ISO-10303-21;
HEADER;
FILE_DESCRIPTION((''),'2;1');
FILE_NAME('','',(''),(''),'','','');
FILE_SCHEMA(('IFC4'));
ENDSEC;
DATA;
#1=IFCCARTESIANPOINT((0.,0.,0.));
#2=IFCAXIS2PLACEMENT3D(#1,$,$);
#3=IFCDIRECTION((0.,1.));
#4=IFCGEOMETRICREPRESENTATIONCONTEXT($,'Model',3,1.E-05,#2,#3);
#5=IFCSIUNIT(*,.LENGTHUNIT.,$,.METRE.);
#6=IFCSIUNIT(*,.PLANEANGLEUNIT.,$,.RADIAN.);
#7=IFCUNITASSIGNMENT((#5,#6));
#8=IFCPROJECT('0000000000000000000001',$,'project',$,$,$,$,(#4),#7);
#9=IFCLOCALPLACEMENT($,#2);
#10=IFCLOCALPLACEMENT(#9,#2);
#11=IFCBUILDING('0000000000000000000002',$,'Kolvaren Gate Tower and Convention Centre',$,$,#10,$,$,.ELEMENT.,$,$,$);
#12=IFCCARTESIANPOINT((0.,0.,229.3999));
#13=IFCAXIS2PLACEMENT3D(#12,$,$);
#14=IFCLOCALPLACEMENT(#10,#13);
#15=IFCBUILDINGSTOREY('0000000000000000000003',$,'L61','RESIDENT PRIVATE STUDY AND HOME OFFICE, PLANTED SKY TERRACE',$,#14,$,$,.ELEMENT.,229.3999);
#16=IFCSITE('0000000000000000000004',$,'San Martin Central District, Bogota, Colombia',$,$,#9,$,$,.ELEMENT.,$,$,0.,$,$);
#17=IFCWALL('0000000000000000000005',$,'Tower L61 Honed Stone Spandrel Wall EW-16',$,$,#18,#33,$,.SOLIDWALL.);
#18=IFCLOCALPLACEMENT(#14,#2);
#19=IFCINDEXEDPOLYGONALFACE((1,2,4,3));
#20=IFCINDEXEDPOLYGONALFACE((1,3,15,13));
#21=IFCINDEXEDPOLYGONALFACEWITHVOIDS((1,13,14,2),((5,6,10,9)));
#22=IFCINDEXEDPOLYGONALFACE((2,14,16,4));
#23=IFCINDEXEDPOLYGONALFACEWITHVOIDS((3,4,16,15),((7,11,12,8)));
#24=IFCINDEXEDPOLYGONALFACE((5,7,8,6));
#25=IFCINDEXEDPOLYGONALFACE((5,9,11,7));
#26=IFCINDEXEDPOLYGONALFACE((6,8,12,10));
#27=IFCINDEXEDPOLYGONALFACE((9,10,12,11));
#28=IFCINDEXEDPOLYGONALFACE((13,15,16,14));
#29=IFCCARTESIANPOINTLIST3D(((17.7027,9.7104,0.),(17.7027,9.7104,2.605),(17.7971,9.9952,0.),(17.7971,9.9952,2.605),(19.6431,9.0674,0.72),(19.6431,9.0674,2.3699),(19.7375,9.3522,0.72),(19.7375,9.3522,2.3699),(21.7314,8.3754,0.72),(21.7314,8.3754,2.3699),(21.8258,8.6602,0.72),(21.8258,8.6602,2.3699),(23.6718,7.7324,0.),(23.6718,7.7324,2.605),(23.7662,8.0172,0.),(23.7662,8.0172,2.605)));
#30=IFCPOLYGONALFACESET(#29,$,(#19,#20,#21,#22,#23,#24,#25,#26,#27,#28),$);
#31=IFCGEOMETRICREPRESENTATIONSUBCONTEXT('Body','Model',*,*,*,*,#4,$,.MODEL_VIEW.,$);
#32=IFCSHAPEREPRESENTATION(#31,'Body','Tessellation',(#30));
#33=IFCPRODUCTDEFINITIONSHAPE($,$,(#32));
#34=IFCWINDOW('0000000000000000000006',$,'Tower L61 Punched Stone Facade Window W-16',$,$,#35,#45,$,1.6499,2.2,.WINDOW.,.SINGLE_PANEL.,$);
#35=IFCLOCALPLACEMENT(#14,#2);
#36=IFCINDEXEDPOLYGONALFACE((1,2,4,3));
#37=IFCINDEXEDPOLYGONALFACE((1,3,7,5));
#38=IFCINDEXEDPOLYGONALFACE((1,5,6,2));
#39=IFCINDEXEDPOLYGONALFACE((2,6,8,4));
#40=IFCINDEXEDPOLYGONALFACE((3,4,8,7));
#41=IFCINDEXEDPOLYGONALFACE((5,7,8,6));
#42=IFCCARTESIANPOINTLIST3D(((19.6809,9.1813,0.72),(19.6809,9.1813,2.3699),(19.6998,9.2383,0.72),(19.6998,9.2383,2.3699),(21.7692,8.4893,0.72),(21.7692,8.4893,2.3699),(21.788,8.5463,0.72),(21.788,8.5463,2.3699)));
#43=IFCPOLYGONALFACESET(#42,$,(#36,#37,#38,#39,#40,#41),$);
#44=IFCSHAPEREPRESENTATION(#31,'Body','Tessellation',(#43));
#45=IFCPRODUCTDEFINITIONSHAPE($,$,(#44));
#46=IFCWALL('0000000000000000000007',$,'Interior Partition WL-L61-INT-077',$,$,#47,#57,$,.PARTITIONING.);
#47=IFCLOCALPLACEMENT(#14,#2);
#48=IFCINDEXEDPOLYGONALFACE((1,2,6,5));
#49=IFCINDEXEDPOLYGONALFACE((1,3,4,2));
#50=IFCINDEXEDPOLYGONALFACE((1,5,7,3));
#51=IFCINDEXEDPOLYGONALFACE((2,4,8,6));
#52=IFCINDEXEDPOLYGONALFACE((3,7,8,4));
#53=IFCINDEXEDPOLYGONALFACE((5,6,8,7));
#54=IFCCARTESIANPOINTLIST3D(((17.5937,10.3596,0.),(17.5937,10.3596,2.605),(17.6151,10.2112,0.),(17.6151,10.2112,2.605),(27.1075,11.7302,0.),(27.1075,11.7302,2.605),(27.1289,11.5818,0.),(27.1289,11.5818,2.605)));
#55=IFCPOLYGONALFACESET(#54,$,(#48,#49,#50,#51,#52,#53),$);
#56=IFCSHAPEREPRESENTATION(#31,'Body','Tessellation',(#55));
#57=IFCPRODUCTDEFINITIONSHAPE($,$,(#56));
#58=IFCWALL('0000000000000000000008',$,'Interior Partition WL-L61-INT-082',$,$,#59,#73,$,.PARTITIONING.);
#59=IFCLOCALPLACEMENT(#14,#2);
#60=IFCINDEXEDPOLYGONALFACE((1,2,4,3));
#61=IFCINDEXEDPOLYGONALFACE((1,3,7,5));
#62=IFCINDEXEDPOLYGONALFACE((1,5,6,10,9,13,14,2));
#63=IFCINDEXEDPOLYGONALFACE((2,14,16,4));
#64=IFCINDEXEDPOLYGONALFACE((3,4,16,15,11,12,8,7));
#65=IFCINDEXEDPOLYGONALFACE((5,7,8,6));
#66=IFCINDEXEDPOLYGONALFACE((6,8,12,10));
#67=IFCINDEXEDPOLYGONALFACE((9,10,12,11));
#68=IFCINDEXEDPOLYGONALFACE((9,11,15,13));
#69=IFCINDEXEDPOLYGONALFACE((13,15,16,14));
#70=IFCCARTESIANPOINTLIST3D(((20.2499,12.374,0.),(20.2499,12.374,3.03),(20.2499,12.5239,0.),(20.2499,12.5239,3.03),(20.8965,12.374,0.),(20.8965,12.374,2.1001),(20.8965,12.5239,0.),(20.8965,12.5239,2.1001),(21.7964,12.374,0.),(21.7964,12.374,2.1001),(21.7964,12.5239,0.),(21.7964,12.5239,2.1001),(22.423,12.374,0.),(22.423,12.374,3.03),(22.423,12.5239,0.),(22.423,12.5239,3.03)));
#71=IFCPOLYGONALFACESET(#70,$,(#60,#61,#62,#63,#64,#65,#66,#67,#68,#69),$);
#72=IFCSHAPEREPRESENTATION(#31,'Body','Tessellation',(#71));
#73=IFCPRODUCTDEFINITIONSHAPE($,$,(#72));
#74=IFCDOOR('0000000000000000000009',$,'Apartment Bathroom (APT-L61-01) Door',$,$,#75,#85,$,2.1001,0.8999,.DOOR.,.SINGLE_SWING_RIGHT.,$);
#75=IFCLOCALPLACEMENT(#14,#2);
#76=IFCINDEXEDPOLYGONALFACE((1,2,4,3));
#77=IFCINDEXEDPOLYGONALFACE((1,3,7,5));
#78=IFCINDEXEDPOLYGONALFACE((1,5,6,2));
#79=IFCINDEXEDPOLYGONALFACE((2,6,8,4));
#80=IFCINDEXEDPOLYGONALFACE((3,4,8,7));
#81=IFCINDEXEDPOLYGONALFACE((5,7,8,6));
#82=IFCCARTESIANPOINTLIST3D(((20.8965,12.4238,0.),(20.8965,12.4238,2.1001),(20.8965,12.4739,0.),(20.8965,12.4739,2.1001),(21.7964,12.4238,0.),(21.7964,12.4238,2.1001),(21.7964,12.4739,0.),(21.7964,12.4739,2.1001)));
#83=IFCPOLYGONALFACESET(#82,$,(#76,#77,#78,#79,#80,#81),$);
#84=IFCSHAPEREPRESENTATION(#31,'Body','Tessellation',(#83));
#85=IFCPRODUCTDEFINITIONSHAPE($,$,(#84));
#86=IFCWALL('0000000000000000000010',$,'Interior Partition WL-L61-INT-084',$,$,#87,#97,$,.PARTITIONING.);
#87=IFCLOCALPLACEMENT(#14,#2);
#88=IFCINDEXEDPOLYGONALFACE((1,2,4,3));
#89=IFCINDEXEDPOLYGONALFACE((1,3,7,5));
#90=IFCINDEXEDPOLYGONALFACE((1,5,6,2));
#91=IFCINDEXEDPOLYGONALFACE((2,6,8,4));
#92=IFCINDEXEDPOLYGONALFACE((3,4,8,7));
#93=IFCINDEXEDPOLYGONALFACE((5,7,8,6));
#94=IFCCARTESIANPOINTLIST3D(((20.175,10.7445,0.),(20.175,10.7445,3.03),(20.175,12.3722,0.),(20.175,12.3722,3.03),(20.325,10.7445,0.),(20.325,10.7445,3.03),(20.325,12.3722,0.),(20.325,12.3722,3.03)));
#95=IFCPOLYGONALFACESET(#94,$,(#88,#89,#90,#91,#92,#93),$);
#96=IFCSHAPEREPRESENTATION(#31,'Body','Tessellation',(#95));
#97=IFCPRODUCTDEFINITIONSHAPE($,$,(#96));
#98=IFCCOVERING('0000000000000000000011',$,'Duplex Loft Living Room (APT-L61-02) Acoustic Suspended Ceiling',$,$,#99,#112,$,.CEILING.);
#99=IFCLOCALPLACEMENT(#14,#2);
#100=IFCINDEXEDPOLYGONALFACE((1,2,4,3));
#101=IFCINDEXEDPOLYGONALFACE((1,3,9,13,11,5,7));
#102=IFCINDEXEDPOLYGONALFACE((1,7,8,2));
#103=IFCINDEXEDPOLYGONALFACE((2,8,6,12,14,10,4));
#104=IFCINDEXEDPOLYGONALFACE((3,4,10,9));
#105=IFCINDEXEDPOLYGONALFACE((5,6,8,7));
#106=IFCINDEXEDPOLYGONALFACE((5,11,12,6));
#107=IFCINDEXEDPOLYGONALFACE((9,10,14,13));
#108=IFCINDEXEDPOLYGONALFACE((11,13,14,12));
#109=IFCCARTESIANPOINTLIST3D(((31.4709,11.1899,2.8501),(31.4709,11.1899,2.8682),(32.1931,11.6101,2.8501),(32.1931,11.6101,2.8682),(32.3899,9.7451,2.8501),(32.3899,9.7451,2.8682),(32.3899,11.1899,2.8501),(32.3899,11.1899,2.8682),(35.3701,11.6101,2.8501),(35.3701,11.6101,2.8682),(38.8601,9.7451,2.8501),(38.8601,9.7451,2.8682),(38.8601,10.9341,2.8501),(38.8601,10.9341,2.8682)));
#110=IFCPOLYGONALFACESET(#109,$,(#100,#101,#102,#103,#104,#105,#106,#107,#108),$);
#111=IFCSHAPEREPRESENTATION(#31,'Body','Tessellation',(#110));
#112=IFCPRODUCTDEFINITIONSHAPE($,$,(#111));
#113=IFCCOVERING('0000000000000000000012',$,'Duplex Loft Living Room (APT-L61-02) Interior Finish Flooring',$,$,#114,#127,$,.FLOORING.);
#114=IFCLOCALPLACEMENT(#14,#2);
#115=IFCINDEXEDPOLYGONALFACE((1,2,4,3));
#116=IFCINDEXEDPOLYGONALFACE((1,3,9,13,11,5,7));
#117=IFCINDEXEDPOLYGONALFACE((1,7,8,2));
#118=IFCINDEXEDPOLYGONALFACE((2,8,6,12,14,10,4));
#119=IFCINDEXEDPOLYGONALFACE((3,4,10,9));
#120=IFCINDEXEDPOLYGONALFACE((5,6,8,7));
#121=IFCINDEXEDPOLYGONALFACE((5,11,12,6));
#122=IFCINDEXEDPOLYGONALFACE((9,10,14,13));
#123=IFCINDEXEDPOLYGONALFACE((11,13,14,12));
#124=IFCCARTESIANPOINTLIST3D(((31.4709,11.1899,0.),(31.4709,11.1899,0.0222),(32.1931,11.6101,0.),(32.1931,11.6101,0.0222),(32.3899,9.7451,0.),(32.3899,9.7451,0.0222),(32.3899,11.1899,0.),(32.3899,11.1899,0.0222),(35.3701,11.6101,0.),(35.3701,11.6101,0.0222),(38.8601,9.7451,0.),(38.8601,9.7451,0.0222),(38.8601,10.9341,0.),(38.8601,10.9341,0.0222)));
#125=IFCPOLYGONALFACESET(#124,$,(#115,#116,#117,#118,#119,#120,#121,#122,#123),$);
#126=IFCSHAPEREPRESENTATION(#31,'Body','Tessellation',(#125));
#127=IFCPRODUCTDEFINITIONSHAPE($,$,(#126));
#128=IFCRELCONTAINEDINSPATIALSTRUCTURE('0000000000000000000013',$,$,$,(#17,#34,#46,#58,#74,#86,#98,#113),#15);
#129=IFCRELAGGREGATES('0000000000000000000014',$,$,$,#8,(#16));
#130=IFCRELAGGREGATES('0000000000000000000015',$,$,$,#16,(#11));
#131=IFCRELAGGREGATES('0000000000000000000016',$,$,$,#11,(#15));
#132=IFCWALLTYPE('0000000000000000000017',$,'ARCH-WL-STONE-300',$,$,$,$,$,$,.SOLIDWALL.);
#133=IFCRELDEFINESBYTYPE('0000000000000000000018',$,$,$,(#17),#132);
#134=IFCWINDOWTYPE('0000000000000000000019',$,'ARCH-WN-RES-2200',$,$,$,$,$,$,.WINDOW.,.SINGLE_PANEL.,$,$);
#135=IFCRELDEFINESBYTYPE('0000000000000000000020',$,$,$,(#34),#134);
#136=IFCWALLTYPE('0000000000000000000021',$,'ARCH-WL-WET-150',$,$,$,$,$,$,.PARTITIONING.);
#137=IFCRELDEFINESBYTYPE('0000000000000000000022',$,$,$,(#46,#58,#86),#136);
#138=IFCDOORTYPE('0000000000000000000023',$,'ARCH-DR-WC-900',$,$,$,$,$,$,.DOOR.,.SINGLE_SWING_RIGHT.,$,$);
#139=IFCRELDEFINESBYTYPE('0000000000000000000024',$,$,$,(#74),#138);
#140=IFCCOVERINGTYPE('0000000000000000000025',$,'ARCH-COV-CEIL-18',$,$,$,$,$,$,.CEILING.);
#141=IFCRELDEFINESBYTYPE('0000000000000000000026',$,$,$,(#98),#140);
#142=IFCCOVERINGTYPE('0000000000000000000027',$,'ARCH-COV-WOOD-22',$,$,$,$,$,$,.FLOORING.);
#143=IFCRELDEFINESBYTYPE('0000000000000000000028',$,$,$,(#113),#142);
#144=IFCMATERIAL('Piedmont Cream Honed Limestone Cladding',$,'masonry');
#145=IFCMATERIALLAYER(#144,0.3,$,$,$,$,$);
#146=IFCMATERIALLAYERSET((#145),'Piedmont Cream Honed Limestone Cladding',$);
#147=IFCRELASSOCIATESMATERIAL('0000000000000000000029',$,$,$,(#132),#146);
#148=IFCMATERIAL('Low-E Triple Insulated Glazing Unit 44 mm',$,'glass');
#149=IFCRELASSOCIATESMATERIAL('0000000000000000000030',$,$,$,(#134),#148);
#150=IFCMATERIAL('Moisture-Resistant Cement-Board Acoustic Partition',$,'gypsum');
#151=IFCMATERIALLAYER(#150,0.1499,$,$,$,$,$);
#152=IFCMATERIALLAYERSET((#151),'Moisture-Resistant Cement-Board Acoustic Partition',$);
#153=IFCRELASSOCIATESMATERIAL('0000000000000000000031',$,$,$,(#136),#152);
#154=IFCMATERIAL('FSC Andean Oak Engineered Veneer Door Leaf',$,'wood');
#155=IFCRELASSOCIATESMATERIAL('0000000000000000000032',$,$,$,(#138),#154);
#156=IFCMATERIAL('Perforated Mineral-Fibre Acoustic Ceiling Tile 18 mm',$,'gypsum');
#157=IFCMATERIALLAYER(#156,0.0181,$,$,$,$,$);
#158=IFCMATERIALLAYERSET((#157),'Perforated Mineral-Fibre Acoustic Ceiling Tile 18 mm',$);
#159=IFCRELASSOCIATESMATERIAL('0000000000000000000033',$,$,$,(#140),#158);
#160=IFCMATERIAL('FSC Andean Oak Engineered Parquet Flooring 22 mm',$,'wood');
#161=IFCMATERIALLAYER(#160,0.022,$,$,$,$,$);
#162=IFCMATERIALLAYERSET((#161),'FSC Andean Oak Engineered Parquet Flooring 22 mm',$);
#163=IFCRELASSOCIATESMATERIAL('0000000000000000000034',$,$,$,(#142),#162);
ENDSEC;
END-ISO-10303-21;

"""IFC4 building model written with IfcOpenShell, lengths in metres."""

from ifc_helpers import new_model, si_unit, direction, frame, frame_2d, origin, place, context, subcontext, project, spatial, polyline, rectangle, outline, extrude, material, layer, layer_set, type_object, element, fill, save


model = new_model("IFC4")

# Units and contexts
model_context = context("Model", 3, precision=1e-05, world=origin(), true_north=direction((0.0, 1.0)))
body_context = subcontext(model_context, "Body", "Model", "MODEL_VIEW")
ifc_project = project(units=[si_unit("LENGTHUNIT", "METRE"), si_unit("PLANEANGLEUNIT", "RADIAN")], contexts=[model_context])

# Site, building, storey
site_placement = place(None, origin())
site = spatial("IfcSite", under=ifc_project, at=site_placement, Name="San Martin Central District, Bogota, Colombia", CompositionType="ELEMENT", RefElevation=0.0)
building_placement = place(site_placement, origin())
building = spatial("IfcBuilding", under=site, at=building_placement, Name="Kolvaren Gate Tower and Convention Centre", CompositionType="ELEMENT")
storey_placement = place(building_placement, frame((0.0, 0.0, 229.3999)))
storey = spatial("IfcBuildingStorey", under=building, at=storey_placement, Name="L61", Description="RESIDENT PRIVATE STUDY AND HOME OFFICE, PLANTED SKY TERRACE", CompositionType="ELEMENT", Elevation=229.3999)

# Wall, opening, window
ifc_material_1 = material(Name="Piedmont Cream Honed Limestone Cladding", Category="masonry")
ifc_layer_1 = layer(ifc_material_1, 0.3)
ifc_layer_set_1 = layer_set([ifc_layer_1], Name="Piedmont Cream Honed Limestone Cladding")
wall_type_1 = type_object("IfcWallType", Name="ARCH-WL-STONE-300", PredefinedType="SOLIDWALL", material=ifc_layer_set_1)
ifc_material_2 = material(Name="Low-E Triple Insulated Glazing Unit 44 mm", Category="glass")
window_type = type_object("IfcWindowType", Name="ARCH-WN-RES-2200", PartitioningType="SINGLE_PANEL", PredefinedType="WINDOW", material=ifc_material_2)
wall_1_placement = place(storey_placement, frame((17.75, 9.8528, 0.0), z_axis=(0.0, 0.0, 1.0), x_axis=(0.949241, -0.31455, 0.0)))
wall_1 = element("IfcWall", 1, at=wall_1_placement, inside=storey, type_object=wall_type_1, Name="Tower L61 Honed Stone Spandrel Wall EW-16", PredefinedType="SOLIDWALL", context=body_context, shape_type="SweptSolid", body=[
    extrude(rectangle(XDim=6.2883, YDim=0.3, at=frame_2d((3.144, 0.0))), origin(), (0.0, 0.0, 1.0), 2.605),
])
opening_1_placement = place(wall_1_placement, frame((2.0439, 0.0, 0.72)))
opening_1 = element("IfcOpeningElement", 2, at=opening_1_placement, cuts=wall_1, PredefinedType="OPENING", context=body_context, shape_type="SweptSolid", body=[
    extrude(rectangle(XDim=2.2, YDim=1.6499, at=frame_2d((1.1001, 0.825))), frame((0.0, 0.1599, 0.0), z_axis=(0.0, -1.0, 0.0), x_axis=(1.0, 0.0, 0.0)), (0.0, 0.0, 1.0), 0.3201),
])
window_1_placement = place(opening_1_placement, origin())
window_1 = element("IfcWindow", 3, at=window_1_placement, inside=storey, type_object=window_type, Name="Tower L61 Punched Stone Facade Window W-16", OverallHeight=1.6499, OverallWidth=2.2, PartitioningType="SINGLE_PANEL", PredefinedType="WINDOW", context=body_context, shape_type="SweptSolid", body=[
    extrude(rectangle(XDim=2.2, YDim=1.6499, at=frame_2d((1.1001, 0.825))), frame((0.0, 0.03, 0.0), z_axis=(0.0, -1.0, 0.0), x_axis=(1.0, 0.0, 0.0)), (0.0, 0.0, 1.0), 0.0601),
])
fill(opening_1, window_1)

# Wall
ifc_material_3 = material(Name="Moisture-Resistant Cement-Board Acoustic Partition", Category="gypsum")
ifc_layer_2 = layer(ifc_material_3, 0.1499)
ifc_layer_set_2 = layer_set([ifc_layer_2], Name="Moisture-Resistant Cement-Board Acoustic Partition")
wall_type_2 = type_object("IfcWallType", Name="ARCH-WL-WET-150", PredefinedType="PARTITIONING", material=ifc_layer_set_2)
wall_2_placement = place(storey_placement, frame((17.6042, 10.2854, 0.0), z_axis=(0.0, 0.0, 1.0), x_axis=(0.989782, 0.142591, 0.0)))
element("IfcWall", 4, at=wall_2_placement, inside=storey, type_object=wall_type_2, Name="Interior Partition WL-L61-INT-077", PredefinedType="PARTITIONING", context=body_context, shape_type="SweptSolid", body=[
    extrude(rectangle(XDim=9.6121, YDim=0.1499, at=frame_2d((4.8062, 0.0))), origin(), (0.0, 0.0, 1.0), 2.605),
])

# Wall, opening, door
wall_3_placement = place(storey_placement, frame((20.25, 12.449, 0.0), z_axis=(0.0, 0.0, 1.0), x_axis=(1.0, 0.0, 0.0)))
wall_3 = element("IfcWall", 5, at=wall_3_placement, inside=storey, type_object=wall_type_2, Name="Interior Partition WL-L61-INT-082", PredefinedType="PARTITIONING", context=body_context, shape_type="SweptSolid", body=[
    extrude(rectangle(XDim=2.1731, YDim=0.1499, at=frame_2d((1.0864, 0.0))), origin(), (0.0, 0.0, 1.0), 3.03),
])
opening_2_placement = place(wall_3_placement, frame((0.6465, 0.0, 0.0)))
opening_2 = element("IfcOpeningElement", 6, at=opening_2_placement, cuts=wall_3, PredefinedType="OPENING", context=body_context, shape_type="SweptSolid", body=[
    extrude(rectangle(XDim=0.8999, YDim=2.1001, at=frame_2d((0.45, 1.05))), frame((0.0, 0.085, 0.0), z_axis=(0.0, -1.0, 0.0), x_axis=(1.0, 0.0, 0.0)), (0.0, 0.0, 1.0), 0.1699),
])
ifc_material_4 = material(Name="FSC Andean Oak Engineered Veneer Door Leaf", Category="wood")
door_type = type_object("IfcDoorType", Name="ARCH-DR-WC-900", OperationType="SINGLE_SWING_RIGHT", PredefinedType="DOOR", material=ifc_material_4)
door_placement = place(opening_2_placement, origin())
door = element("IfcDoor", 7, at=door_placement, inside=storey, type_object=door_type, Name="Apartment Bathroom (APT-L61-01) Door", OperationType="SINGLE_SWING_RIGHT", OverallHeight=2.1001, OverallWidth=0.8999, PredefinedType="DOOR", context=body_context, shape_type="SweptSolid", body=[
    extrude(rectangle(XDim=0.8999, YDim=2.1001, at=frame_2d((0.45, 1.05))), frame((0.0, 0.0249, 0.0), z_axis=(0.0, -1.0, 0.0), x_axis=(1.0, 0.0, 0.0)), (0.0, 0.0, 1.0), 0.05),
])
fill(opening_2, door)

# Wall
wall_4_placement = place(storey_placement, frame((20.25, 10.7444, 0.0), z_axis=(0.0, 0.0, 1.0), x_axis=(0.0, 1.0, 0.0)))
element("IfcWall", 8, at=wall_4_placement, inside=storey, type_object=wall_type_2, Name="Interior Partition WL-L61-INT-084", PredefinedType="PARTITIONING", context=body_context, shape_type="SweptSolid", body=[
    extrude(rectangle(XDim=1.6277, YDim=0.1499, at=frame_2d((0.814, 0.0))), origin(), (0.0, 0.0, 1.0), 3.03),
])

# Coverings
ifc_material_5 = material(Name="Perforated Mineral-Fibre Acoustic Ceiling Tile 18 mm", Category="gypsum")
ifc_layer_3 = layer(ifc_material_5, 0.0181)
ifc_layer_set_3 = layer_set([ifc_layer_3], Name="Perforated Mineral-Fibre Acoustic Ceiling Tile 18 mm")
covering_type_1 = type_object("IfcCoveringType", Name="ARCH-COV-CEIL-18", PredefinedType="CEILING", material=ifc_layer_set_3)
covering_1_placement = place(storey_placement, frame((0.0, 0.0, 2.8501)))
element("IfcCovering", 9, at=covering_1_placement, inside=storey, type_object=covering_type_1, Name="Duplex Loft Living Room (APT-L61-02) Acoustic Suspended Ceiling", PredefinedType="CEILING", context=body_context, shape_type="SweptSolid", body=[
    extrude(outline(polyline([(32.3899, 9.7451), (32.3899, 11.1899), (31.4709, 11.1899), (32.1931, 11.6101), (35.3701, 11.6101), (38.8601, 10.9341), (38.8601, 9.7451), (32.3899, 9.7451)])), origin(), (0.0, 0.0, 1.0), 0.0181),
])
ifc_material_6 = material(Name="FSC Andean Oak Engineered Parquet Flooring 22 mm", Category="wood")
ifc_layer_4 = layer(ifc_material_6, 0.022)
ifc_layer_set_4 = layer_set([ifc_layer_4], Name="FSC Andean Oak Engineered Parquet Flooring 22 mm")
covering_type_2 = type_object("IfcCoveringType", Name="ARCH-COV-WOOD-22", PredefinedType="FLOORING", material=ifc_layer_set_4)
covering_2_placement = place(storey_placement, origin())
element("IfcCovering", 10, at=covering_2_placement, inside=storey, type_object=covering_type_2, Name="Duplex Loft Living Room (APT-L61-02) Interior Finish Flooring", PredefinedType="FLOORING", context=body_context, shape_type="SweptSolid", body=[
    extrude(outline(polyline([(32.3899, 9.7451), (32.3899, 11.1899), (31.4709, 11.1899), (32.1931, 11.6101), (35.3701, 11.6101), (38.8601, 10.9341), (38.8601, 9.7451), (32.3899, 9.7451)])), origin(), (0.0, 0.0, 1.0), 0.0222),
])

save(model, "model.ifc")
